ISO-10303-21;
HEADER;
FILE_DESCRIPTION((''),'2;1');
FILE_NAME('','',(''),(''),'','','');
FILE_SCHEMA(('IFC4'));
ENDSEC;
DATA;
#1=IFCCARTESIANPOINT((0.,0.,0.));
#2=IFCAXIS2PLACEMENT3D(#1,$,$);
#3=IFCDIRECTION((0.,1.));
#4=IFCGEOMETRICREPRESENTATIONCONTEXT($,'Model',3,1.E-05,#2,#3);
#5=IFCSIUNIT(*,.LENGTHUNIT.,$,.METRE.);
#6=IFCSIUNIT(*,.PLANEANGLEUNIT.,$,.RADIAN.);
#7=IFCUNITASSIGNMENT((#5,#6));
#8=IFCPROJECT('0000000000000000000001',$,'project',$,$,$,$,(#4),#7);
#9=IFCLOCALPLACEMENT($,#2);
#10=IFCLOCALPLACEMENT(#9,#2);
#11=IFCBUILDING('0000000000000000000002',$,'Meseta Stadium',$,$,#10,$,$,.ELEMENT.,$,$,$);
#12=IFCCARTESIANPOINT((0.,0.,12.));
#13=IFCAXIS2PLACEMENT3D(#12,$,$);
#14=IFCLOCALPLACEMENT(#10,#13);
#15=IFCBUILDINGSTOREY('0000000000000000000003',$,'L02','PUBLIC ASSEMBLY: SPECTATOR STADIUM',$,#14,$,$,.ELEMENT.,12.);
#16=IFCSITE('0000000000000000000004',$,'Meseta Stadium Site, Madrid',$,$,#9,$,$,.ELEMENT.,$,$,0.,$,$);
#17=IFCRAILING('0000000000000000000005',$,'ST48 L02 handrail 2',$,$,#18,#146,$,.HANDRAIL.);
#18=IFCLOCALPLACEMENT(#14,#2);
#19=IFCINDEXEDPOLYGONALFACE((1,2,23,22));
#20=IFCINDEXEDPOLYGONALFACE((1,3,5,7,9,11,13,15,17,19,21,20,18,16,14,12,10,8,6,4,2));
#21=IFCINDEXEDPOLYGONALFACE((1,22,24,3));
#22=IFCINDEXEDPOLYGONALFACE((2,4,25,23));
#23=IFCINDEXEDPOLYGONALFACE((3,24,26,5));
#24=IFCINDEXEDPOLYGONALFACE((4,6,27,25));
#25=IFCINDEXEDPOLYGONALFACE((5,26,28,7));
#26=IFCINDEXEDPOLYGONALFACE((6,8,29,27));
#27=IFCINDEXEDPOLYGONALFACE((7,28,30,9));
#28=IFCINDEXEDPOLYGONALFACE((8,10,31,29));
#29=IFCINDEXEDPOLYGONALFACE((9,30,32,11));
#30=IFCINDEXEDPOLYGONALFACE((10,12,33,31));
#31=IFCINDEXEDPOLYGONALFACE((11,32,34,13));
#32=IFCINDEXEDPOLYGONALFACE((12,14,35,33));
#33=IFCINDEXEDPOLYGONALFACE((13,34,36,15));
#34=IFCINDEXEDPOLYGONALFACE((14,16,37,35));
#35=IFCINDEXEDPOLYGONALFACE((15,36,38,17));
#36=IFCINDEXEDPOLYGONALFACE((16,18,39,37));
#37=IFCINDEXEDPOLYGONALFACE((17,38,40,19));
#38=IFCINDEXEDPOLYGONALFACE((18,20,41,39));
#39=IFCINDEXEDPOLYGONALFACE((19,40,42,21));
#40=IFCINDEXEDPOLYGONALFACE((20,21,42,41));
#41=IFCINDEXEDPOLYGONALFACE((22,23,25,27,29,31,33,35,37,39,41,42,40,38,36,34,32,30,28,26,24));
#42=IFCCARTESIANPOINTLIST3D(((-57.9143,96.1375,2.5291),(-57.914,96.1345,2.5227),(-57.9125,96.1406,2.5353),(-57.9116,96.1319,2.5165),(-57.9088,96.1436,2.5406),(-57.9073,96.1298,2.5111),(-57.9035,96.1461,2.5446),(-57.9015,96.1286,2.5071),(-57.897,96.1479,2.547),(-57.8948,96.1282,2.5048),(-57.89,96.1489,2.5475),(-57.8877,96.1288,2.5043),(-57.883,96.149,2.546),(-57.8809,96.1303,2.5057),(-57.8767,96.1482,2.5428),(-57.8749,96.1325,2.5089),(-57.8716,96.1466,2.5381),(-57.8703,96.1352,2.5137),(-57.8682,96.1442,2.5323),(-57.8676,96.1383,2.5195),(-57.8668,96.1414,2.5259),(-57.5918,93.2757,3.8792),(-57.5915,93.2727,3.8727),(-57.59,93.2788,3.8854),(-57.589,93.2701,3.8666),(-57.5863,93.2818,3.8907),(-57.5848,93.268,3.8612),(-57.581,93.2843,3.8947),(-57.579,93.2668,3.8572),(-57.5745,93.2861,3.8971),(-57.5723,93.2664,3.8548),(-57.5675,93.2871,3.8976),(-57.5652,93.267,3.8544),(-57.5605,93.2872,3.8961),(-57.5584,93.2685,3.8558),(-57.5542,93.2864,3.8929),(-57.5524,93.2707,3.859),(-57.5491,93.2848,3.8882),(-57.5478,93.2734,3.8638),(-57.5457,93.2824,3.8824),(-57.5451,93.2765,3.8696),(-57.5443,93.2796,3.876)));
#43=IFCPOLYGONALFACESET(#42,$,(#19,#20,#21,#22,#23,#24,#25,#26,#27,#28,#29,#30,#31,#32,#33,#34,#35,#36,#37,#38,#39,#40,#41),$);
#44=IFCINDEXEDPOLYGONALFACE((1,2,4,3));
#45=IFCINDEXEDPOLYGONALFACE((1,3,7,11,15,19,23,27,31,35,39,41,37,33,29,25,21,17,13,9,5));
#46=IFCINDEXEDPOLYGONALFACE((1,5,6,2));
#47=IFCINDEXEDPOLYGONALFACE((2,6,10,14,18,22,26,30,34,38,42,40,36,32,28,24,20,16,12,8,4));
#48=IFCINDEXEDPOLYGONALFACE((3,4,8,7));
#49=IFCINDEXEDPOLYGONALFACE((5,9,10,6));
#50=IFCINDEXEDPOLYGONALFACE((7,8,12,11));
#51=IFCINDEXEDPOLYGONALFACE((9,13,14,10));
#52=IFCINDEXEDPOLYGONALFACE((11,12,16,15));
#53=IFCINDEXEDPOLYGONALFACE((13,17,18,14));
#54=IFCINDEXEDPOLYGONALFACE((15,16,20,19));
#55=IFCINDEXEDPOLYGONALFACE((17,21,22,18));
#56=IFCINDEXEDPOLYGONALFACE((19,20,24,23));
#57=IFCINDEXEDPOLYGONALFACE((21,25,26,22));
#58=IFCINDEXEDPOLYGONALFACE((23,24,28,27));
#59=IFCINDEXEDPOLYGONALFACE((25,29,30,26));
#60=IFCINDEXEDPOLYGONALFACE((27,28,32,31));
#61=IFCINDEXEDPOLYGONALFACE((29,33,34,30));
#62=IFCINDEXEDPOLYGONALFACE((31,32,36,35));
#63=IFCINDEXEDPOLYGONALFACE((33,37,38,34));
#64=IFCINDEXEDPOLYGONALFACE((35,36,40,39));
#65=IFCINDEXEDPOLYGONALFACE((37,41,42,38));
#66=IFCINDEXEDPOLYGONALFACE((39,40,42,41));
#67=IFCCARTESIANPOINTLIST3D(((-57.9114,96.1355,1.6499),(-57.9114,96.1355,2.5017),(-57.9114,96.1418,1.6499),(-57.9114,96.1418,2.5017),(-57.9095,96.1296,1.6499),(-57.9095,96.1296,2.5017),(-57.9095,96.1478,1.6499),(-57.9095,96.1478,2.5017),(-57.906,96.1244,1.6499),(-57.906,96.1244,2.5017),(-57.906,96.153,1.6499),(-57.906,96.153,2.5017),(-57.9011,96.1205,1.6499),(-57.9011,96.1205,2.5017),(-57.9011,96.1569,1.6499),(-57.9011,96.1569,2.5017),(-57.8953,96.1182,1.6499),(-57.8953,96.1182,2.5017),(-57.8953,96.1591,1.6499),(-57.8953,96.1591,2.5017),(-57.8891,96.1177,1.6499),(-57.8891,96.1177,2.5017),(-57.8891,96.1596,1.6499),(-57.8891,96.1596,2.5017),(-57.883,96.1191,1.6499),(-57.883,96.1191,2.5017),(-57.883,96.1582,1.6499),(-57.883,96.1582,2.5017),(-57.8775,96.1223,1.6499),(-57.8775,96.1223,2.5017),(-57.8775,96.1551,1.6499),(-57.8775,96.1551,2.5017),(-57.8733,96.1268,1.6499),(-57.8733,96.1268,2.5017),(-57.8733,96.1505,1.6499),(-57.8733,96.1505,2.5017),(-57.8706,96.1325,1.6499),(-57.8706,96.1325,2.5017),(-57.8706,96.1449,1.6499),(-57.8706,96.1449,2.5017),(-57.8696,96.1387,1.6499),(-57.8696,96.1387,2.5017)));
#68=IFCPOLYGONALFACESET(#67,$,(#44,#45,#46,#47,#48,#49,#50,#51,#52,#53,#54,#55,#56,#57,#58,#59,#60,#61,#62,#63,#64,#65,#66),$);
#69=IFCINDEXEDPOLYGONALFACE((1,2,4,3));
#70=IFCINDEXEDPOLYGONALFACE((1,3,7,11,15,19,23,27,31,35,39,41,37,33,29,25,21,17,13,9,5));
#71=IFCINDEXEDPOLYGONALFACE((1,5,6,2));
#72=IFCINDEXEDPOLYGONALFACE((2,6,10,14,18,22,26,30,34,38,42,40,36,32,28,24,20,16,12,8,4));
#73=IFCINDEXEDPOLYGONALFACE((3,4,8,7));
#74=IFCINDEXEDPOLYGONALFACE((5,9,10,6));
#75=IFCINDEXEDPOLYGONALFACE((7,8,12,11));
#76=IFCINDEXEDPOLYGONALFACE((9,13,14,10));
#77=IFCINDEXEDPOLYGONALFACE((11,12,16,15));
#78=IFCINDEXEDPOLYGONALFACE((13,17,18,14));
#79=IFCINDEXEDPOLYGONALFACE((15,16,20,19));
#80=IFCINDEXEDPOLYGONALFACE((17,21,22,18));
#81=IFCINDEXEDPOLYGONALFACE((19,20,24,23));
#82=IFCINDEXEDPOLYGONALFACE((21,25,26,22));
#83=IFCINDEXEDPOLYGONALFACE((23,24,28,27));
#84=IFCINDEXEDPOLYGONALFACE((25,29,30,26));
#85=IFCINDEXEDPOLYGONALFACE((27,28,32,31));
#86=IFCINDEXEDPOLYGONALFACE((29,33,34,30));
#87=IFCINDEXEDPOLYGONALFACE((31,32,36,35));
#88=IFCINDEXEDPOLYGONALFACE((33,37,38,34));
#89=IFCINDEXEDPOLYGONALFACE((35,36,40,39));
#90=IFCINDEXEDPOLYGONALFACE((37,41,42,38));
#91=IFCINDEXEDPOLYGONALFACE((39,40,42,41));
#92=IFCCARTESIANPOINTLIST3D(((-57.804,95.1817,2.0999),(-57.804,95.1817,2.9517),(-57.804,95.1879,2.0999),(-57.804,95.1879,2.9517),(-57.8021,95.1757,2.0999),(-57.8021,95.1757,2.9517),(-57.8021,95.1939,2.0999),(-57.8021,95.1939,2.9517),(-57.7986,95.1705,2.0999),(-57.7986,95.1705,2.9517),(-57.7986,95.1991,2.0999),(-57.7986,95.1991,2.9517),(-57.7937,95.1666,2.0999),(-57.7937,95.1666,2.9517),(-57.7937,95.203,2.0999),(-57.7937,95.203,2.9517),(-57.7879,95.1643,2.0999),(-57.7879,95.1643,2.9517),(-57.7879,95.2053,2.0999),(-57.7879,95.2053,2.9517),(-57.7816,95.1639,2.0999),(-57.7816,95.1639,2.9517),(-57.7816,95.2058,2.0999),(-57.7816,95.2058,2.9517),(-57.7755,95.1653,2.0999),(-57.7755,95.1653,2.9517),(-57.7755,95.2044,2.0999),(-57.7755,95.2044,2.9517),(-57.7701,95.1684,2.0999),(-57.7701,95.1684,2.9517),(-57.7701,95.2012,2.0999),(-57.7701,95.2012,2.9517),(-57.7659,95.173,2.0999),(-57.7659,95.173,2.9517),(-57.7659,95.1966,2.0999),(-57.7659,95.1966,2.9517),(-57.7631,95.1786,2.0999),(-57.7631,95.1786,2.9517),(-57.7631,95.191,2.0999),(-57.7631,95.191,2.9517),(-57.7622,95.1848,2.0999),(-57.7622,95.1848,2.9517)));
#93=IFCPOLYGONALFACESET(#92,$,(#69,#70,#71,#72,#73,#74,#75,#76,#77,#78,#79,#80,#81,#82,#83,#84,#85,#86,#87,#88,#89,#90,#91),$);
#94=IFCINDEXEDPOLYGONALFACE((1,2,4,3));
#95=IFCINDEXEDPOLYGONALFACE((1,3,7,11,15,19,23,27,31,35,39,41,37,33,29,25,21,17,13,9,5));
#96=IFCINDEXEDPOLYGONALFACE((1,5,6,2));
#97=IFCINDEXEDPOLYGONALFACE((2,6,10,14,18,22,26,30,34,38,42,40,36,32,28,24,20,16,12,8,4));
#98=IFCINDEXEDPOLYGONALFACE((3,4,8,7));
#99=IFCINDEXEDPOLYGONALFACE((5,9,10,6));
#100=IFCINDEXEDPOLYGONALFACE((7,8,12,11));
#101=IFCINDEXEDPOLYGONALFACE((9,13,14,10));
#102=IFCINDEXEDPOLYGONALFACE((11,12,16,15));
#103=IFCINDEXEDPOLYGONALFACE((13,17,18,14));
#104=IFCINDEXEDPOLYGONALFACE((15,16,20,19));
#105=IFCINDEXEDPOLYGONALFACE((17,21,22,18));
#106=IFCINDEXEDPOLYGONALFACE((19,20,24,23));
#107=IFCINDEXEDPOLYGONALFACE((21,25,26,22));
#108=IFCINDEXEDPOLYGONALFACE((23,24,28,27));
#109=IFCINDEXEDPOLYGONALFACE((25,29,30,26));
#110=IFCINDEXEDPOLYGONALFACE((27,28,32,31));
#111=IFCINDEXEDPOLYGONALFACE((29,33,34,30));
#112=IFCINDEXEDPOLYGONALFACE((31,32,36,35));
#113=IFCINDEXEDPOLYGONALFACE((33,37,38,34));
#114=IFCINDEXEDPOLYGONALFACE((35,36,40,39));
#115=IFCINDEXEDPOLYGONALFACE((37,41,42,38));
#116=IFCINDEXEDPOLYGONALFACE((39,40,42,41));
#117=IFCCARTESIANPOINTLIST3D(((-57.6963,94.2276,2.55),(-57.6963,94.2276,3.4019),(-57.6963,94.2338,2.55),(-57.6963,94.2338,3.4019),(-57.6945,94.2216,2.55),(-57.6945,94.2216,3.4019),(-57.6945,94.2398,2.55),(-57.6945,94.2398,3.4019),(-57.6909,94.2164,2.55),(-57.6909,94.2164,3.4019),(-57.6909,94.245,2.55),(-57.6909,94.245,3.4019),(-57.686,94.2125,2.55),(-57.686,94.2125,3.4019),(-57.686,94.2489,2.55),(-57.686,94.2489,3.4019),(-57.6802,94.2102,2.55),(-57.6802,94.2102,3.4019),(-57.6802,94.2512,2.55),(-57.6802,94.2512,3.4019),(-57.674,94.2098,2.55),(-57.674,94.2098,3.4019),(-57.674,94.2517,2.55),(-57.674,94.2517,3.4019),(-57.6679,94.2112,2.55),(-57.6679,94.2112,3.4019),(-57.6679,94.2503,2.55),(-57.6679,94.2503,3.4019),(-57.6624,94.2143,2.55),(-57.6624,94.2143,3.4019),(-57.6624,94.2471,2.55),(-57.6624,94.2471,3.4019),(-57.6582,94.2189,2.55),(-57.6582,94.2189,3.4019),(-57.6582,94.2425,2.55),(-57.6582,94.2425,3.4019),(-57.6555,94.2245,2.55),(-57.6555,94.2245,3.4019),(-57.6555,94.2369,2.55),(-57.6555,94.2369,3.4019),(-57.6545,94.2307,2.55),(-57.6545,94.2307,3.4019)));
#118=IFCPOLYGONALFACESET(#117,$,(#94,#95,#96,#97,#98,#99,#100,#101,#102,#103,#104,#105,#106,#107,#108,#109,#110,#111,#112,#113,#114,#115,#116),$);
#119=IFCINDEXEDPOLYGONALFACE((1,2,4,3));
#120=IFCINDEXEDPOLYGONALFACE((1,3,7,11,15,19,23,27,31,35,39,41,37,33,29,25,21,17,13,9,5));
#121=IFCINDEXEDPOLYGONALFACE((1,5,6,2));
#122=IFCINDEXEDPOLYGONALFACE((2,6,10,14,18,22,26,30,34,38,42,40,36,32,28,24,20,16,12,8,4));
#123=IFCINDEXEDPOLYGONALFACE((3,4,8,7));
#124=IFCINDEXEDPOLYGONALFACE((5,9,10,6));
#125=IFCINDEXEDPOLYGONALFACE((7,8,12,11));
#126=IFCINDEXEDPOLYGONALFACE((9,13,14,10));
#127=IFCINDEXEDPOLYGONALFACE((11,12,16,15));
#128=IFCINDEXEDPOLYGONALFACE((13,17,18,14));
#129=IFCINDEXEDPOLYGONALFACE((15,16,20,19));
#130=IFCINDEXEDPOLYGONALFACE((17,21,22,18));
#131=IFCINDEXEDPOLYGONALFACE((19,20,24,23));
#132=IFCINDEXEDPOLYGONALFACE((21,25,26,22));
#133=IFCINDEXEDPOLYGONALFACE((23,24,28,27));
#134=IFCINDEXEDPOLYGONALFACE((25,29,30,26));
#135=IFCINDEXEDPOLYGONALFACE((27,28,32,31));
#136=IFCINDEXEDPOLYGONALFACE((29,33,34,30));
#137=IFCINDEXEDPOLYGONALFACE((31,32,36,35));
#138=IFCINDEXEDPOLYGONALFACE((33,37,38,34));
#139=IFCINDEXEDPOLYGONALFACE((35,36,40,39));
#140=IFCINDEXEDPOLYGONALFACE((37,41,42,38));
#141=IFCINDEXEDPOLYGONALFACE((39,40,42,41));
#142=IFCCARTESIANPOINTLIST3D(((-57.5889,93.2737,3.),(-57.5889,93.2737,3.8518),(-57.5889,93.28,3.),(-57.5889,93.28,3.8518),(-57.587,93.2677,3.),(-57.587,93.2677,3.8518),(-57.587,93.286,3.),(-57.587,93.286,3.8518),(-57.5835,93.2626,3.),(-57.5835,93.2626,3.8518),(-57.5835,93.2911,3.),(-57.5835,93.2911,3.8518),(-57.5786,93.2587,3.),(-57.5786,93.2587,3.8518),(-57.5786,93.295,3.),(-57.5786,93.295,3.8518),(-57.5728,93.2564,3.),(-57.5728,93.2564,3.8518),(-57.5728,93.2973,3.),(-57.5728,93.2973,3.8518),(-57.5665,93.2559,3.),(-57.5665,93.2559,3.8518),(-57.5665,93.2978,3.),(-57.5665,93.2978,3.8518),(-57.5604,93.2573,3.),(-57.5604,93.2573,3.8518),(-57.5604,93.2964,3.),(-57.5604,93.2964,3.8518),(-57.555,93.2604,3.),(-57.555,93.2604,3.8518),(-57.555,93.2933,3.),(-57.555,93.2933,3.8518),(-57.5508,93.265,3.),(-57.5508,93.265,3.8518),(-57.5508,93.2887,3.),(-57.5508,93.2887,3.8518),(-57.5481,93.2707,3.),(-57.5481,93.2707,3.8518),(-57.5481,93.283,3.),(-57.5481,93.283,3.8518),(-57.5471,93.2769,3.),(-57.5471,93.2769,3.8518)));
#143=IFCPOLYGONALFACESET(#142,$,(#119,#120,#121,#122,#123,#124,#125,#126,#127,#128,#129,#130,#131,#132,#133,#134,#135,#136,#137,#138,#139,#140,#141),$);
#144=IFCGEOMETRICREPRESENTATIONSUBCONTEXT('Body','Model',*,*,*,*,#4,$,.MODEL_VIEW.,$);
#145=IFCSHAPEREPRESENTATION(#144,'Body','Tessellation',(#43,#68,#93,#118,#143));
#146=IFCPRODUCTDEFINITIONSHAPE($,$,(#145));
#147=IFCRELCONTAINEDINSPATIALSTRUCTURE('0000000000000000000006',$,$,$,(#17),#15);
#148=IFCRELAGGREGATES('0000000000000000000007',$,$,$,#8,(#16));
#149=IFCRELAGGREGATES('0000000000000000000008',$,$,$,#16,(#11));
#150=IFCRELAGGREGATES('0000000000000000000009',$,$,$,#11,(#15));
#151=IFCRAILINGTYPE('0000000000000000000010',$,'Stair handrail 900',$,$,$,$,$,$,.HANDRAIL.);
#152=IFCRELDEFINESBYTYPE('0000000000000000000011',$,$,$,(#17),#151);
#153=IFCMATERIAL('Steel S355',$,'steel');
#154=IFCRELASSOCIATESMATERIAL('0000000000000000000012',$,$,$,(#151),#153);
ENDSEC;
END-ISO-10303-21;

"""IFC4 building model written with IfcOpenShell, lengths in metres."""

from ifc_helpers import new_model, si_unit, direction, frame, origin, origin_2d, place, context, subcontext, project, spatial, circle, extrude, material, type_object, element, save


model = new_model("IFC4")

# Units and contexts
model_context = context("Model", 3, precision=1e-05, world=origin(), true_north=direction((0.0, 1.0)))
body_context = subcontext(model_context, "Body", "Model", "MODEL_VIEW")
ifc_project = project(units=[si_unit("LENGTHUNIT", "METRE"), si_unit("PLANEANGLEUNIT", "RADIAN")], contexts=[model_context])

# Site, building, storey
site_placement = place(None, origin())
site = spatial("IfcSite", under=ifc_project, at=site_placement, Name="Meseta Stadium Site, Madrid", CompositionType="ELEMENT", RefElevation=0.0)
building_placement = place(site_placement, origin())
building = spatial("IfcBuilding", under=site, at=building_placement, Name="Meseta Stadium", CompositionType="ELEMENT")
storey_placement = place(building_placement, frame((0.0, 0.0, 12.0)))
storey = spatial("IfcBuildingStorey", under=building, at=storey_placement, Name="L02", Description="PUBLIC ASSEMBLY: SPECTATOR STADIUM", CompositionType="ELEMENT", Elevation=12.0)

# Railing
ifc_material_1 = material(Name="Steel S355", Category="steel")
railing_type_1 = type_object("IfcRailingType", Name="Stair handrail 900", PredefinedType="HANDRAIL", material=ifc_material_1)
railing_1_placement = place(storey_placement, frame((-57.8906, 96.1387, 1.6499)))
element("IfcRailing", 1, at=railing_1_placement, inside=storey, type_object=railing_type_1, Name="ST48 L02 handrail 2", PredefinedType="HANDRAIL", context=body_context, shape_type="SweptSolid", body=[
    extrude(circle(Radius=0.0239, at=origin_2d()), frame((0.0, 0.0, 0.876), z_axis=(0.101396, -0.899748, 0.424467), x_axis=(0.99371, 0.111985, 0.0)), (0.0, 0.0, 1.0), 3.1807),
    extrude(circle(Radius=0.021, at=origin_2d()), origin(), (0.0, 0.0, 1.0), 0.8518),
    extrude(circle(Radius=0.021, at=origin_2d()), frame((0.1074, -0.9539, 0.45)), (0.0, 0.0, 1.0), 0.8518),
    extrude(circle(Radius=0.021, at=origin_2d()), frame((0.2151, -1.908, 0.9001)), (0.0, 0.0, 1.0), 0.8518),
    extrude(circle(Radius=0.021, at=origin_2d()), frame((0.3225, -2.8618, 1.3501)), (0.0, 0.0, 1.0), 0.8518),
])

save(model, "model.ifc")
